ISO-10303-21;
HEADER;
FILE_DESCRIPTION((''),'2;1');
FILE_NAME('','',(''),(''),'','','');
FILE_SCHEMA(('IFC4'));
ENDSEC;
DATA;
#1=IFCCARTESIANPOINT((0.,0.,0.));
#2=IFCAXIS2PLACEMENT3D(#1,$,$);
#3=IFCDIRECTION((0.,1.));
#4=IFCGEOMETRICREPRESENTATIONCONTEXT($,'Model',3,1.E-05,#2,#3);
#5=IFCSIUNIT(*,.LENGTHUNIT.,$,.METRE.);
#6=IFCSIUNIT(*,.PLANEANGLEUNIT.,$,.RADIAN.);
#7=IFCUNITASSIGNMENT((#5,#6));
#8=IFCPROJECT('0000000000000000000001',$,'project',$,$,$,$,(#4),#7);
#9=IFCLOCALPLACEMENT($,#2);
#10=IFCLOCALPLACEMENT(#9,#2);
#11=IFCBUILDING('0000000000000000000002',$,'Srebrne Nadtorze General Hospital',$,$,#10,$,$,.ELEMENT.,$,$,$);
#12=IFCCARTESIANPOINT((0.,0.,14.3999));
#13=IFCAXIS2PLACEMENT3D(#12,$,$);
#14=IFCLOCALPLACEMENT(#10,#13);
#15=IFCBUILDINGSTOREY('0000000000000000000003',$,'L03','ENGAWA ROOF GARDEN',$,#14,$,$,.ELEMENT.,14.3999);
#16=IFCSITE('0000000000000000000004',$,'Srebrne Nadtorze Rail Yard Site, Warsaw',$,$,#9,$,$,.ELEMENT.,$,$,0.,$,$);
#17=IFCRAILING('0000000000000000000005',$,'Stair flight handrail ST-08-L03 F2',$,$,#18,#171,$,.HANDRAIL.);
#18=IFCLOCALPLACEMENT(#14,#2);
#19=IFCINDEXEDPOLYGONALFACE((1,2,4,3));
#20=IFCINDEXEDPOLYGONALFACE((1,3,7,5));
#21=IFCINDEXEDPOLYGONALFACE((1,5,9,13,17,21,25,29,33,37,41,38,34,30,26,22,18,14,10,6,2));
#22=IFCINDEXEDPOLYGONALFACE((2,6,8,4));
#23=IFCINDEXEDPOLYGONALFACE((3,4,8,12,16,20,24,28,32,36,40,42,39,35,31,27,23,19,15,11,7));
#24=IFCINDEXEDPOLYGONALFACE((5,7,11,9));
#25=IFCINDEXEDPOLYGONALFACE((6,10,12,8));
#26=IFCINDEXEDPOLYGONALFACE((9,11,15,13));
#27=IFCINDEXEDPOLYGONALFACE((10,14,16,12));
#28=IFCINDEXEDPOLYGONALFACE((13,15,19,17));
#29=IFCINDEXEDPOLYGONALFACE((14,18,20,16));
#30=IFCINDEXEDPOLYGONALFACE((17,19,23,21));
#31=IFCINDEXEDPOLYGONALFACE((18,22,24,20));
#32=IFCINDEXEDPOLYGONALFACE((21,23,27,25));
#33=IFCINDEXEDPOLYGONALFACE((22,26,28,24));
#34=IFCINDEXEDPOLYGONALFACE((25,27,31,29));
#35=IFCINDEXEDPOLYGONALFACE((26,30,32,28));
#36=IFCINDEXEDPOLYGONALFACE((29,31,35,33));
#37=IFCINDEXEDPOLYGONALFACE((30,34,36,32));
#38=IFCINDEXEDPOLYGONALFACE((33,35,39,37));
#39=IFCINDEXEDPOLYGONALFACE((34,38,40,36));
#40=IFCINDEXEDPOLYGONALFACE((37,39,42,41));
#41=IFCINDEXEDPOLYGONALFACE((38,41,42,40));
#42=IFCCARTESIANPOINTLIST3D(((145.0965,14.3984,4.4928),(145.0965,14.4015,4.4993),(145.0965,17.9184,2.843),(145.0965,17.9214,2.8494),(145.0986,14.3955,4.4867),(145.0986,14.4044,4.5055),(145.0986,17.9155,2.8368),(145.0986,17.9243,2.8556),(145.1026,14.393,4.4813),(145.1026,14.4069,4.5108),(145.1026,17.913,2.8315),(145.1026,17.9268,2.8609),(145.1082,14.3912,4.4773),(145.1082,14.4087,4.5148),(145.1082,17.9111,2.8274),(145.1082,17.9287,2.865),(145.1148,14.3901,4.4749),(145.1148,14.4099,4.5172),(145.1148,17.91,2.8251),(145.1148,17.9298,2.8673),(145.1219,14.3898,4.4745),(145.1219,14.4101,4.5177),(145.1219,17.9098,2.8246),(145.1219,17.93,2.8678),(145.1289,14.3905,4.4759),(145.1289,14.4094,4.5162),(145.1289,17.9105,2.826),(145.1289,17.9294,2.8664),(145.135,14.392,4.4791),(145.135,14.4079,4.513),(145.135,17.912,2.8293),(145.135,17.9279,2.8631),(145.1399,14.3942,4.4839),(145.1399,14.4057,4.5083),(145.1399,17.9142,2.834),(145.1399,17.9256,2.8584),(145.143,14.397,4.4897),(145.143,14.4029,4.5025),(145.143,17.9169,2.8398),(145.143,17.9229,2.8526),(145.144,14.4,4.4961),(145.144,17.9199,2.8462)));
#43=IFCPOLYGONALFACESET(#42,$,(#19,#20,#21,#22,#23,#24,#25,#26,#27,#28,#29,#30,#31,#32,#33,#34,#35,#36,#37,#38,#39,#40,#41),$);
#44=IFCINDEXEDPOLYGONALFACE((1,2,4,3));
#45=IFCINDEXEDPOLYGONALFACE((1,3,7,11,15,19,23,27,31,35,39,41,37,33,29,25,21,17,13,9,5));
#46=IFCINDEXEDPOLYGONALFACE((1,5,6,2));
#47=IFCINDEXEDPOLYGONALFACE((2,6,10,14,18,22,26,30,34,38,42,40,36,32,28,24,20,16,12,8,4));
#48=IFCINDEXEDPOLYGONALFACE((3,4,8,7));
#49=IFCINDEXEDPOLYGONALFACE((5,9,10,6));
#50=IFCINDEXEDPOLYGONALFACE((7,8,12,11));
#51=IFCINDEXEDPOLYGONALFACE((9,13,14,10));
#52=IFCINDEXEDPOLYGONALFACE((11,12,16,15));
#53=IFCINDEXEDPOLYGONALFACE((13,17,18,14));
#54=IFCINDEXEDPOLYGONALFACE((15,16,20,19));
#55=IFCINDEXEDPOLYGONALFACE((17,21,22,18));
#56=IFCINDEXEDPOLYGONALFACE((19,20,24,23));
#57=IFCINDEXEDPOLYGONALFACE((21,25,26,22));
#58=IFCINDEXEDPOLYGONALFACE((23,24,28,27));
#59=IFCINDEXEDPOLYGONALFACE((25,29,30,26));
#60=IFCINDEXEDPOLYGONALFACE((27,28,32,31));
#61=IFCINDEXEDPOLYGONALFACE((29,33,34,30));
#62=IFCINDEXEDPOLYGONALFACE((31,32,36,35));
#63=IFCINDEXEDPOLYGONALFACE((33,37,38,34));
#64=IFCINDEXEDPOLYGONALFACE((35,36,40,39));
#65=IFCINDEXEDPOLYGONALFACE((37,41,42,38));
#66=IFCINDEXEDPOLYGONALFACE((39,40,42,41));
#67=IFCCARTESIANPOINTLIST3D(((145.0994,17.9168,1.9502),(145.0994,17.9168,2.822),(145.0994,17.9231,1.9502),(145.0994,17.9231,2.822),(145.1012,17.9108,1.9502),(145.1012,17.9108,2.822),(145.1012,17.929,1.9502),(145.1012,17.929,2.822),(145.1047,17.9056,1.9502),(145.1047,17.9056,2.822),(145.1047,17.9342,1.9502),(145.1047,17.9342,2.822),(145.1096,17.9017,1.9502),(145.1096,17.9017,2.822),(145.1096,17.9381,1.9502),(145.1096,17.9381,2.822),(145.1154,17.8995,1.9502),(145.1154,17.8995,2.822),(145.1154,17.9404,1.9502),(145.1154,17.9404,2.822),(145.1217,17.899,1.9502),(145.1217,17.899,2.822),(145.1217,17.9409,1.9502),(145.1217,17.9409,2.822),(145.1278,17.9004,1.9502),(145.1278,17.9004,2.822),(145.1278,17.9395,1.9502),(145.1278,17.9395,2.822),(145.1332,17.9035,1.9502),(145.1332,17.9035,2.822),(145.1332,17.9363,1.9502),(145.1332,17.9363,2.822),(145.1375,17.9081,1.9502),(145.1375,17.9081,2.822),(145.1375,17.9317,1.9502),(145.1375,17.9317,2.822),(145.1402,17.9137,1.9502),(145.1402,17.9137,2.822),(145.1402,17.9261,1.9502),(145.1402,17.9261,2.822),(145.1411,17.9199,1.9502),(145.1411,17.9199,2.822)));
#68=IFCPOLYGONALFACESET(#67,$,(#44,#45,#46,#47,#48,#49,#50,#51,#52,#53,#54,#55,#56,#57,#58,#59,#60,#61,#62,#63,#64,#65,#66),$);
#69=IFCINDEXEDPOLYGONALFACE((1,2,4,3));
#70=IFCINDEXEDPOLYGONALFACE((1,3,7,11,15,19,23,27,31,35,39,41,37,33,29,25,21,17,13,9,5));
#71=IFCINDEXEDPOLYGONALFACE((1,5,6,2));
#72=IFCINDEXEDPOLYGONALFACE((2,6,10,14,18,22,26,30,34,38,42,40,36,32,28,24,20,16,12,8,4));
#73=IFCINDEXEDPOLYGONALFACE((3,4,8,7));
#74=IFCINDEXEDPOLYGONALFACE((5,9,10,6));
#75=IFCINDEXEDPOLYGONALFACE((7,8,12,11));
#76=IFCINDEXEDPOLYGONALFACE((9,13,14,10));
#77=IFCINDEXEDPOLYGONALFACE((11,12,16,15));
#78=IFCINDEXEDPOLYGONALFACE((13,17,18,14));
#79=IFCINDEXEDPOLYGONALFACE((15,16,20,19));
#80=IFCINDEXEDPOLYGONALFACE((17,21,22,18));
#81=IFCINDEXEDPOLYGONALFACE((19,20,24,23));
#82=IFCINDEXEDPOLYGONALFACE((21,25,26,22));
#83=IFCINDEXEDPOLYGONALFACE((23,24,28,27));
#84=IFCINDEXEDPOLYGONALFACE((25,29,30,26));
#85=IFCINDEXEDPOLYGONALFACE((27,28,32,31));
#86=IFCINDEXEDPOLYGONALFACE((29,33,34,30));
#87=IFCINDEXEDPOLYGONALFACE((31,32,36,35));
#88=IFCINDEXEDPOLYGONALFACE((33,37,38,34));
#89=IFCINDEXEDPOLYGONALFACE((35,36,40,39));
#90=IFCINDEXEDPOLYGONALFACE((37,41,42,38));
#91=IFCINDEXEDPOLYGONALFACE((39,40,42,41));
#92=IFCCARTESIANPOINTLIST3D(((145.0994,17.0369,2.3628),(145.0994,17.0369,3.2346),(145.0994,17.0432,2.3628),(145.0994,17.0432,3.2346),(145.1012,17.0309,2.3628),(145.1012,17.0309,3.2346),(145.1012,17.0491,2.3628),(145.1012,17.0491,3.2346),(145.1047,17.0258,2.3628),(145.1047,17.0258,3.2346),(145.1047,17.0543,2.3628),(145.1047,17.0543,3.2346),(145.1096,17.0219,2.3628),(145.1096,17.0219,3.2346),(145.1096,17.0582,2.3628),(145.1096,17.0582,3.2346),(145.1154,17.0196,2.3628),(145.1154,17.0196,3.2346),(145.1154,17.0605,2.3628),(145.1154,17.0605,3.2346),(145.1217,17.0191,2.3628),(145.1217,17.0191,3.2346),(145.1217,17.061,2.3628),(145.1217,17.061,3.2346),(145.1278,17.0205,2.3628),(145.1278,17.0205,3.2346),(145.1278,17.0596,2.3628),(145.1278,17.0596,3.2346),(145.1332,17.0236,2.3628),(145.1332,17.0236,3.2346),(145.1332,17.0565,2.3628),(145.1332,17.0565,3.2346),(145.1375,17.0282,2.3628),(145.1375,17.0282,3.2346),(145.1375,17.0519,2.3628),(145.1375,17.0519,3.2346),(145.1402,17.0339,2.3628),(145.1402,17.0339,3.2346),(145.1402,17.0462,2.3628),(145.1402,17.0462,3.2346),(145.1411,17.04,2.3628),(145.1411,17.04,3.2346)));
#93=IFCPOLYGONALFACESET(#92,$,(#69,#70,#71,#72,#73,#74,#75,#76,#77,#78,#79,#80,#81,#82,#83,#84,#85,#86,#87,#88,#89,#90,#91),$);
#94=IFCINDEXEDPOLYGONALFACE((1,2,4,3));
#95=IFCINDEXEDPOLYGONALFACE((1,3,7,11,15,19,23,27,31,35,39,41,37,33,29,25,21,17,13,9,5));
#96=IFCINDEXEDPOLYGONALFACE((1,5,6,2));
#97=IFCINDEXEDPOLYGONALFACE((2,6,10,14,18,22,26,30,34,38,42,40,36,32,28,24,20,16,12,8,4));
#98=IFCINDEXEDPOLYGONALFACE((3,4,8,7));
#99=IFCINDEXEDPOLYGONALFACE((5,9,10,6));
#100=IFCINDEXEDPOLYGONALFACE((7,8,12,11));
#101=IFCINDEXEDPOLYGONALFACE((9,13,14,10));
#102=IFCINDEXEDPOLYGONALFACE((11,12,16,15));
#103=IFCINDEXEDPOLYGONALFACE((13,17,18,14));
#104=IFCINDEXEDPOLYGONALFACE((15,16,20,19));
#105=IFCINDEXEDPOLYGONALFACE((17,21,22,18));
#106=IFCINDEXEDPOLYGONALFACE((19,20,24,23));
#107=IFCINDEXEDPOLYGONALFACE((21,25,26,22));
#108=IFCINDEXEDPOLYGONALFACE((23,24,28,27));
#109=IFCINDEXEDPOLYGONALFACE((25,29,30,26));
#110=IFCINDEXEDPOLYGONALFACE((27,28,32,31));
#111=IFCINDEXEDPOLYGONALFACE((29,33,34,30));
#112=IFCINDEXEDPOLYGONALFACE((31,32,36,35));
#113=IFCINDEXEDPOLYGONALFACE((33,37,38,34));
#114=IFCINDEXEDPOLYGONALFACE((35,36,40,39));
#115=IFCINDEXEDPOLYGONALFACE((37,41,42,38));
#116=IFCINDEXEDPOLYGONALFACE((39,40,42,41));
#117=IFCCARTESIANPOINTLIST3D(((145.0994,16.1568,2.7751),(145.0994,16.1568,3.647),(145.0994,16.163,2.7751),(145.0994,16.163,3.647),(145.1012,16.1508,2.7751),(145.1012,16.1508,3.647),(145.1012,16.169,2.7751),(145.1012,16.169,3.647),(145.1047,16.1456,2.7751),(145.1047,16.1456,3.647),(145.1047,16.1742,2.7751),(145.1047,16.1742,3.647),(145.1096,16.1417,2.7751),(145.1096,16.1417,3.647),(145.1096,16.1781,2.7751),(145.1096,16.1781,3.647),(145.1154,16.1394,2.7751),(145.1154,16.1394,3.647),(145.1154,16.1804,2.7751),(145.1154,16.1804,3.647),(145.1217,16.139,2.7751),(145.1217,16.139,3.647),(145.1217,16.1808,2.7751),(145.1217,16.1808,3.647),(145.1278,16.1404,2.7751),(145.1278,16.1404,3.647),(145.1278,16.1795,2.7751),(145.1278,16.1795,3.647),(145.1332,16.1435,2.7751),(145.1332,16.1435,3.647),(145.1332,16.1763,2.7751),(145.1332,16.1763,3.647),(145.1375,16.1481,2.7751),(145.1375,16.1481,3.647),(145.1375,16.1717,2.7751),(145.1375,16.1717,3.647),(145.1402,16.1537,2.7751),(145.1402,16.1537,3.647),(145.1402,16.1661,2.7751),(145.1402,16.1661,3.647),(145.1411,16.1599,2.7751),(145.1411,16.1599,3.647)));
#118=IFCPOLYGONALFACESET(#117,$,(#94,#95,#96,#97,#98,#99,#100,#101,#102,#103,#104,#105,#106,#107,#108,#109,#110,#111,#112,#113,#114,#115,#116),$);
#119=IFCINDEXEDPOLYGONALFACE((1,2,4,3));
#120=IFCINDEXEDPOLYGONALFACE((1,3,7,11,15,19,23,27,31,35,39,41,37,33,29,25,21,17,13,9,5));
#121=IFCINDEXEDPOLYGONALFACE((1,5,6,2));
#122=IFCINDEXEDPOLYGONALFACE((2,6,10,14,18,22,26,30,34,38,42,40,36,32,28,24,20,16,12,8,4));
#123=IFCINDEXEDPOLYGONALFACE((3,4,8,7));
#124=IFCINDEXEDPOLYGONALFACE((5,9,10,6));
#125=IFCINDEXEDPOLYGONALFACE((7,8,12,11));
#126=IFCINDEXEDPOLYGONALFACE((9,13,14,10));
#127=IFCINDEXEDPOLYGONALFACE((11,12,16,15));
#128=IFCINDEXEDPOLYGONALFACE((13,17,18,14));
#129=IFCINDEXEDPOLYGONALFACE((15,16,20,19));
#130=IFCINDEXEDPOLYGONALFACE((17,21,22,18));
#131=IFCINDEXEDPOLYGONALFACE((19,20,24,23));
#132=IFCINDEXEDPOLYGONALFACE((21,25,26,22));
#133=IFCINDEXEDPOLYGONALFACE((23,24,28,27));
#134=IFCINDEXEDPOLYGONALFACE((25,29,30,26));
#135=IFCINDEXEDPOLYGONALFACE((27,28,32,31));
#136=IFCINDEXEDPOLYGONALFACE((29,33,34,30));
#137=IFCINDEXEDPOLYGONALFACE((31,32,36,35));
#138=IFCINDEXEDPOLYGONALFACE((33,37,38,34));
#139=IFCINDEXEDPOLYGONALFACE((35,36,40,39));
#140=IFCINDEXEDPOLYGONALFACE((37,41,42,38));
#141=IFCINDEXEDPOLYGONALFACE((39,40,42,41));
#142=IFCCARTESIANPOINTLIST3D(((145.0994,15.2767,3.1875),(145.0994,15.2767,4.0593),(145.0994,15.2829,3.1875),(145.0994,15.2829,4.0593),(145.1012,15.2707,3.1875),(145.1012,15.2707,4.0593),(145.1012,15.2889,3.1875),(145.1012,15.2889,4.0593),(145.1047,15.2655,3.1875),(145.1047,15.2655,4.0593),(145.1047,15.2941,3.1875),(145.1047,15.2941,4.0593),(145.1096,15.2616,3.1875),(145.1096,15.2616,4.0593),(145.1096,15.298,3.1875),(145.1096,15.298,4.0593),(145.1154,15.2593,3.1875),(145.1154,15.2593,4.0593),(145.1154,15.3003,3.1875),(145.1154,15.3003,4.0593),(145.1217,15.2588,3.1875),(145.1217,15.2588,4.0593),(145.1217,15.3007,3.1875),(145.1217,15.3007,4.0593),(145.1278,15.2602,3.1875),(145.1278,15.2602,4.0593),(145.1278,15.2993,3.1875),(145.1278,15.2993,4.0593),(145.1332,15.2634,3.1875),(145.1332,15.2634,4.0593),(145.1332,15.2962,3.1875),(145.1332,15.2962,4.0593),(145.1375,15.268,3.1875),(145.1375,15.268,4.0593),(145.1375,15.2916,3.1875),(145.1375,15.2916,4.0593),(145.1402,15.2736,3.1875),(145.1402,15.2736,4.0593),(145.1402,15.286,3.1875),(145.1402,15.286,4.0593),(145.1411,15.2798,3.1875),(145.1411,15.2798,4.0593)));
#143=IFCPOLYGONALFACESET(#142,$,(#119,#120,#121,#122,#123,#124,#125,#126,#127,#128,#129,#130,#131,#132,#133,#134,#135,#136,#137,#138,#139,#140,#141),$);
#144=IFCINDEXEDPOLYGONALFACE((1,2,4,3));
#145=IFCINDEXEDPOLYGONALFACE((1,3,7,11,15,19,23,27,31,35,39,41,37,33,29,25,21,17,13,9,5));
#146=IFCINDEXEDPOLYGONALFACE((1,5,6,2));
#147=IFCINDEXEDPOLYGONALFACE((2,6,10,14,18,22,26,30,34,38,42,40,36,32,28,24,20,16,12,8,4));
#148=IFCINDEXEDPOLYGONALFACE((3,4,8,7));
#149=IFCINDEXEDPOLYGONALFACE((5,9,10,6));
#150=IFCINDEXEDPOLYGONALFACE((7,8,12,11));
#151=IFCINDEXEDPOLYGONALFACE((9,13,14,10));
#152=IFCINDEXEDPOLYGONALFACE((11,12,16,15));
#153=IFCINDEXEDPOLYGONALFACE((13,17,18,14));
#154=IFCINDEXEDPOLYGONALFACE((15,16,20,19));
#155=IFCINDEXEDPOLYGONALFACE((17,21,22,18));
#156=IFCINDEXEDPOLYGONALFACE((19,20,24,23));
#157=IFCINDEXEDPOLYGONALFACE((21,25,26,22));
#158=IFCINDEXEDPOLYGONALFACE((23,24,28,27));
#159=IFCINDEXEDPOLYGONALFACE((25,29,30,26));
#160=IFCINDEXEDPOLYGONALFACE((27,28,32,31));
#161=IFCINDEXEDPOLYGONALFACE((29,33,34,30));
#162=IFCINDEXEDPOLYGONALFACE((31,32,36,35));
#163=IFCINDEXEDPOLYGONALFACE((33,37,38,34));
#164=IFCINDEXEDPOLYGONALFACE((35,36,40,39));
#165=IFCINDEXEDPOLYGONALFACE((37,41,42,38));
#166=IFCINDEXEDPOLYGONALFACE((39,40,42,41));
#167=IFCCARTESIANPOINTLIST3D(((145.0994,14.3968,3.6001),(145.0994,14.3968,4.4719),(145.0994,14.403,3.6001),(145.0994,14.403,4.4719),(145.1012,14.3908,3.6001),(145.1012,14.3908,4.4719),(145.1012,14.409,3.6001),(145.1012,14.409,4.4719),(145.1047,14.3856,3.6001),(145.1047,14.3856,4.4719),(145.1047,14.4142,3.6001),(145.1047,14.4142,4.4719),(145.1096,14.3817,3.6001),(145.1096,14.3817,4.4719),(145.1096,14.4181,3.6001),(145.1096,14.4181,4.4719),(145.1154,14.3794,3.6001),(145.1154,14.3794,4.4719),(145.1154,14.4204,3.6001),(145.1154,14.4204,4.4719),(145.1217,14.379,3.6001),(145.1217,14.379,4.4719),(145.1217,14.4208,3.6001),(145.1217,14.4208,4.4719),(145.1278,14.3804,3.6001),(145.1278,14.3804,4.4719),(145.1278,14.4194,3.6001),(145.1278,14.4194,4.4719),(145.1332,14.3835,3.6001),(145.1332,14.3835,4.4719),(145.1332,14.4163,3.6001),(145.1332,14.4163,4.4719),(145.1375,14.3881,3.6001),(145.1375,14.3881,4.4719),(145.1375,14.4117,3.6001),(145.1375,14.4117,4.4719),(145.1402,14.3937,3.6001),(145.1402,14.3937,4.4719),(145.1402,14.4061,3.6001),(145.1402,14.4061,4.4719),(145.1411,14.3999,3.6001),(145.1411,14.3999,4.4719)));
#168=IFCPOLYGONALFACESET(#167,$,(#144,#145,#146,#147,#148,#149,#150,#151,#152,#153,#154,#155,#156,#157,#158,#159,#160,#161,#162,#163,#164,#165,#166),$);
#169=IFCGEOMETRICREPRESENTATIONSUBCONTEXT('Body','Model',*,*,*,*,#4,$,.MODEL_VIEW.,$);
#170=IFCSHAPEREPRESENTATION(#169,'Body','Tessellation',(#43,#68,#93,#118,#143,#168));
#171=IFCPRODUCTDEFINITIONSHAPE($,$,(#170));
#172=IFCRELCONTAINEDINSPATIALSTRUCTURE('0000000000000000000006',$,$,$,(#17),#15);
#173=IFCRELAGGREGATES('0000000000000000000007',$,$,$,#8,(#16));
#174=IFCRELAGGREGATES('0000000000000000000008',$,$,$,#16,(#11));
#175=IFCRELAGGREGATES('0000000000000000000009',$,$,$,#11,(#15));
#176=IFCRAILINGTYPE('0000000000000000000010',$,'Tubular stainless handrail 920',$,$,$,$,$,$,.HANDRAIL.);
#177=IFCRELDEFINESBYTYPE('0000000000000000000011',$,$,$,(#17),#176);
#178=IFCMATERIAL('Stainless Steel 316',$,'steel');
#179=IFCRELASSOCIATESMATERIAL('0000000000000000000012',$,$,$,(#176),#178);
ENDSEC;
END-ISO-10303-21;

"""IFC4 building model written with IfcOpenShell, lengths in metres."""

from ifc_helpers import new_model, si_unit, direction, frame, origin, origin_2d, place, context, subcontext, project, spatial, circle, extrude, material, type_object, element, save


model = new_model("IFC4")

# Units and contexts
model_context = context("Model", 3, precision=1e-05, world=origin(), true_north=direction((0.0, 1.0)))
body_context = subcontext(model_context, "Body", "Model", "MODEL_VIEW")
ifc_project = project(units=[si_unit("LENGTHUNIT", "METRE"), si_unit("PLANEANGLEUNIT", "RADIAN")], contexts=[model_context])

# Site, building, storey
site_placement = place(None, origin())
site = spatial("IfcSite", under=ifc_project, at=site_placement, Name="Srebrne Nadtorze Rail Yard Site, Warsaw", CompositionType="ELEMENT", RefElevation=0.0)
building_placement = place(site_placement, origin())
building = spatial("IfcBuilding", under=site, at=building_placement, Name="Srebrne Nadtorze General Hospital", CompositionType="ELEMENT")
storey_placement = place(building_placement, frame((0.0, 0.0, 14.3999)))
storey = spatial("IfcBuildingStorey", under=building, at=storey_placement, Name="L03", Description="ENGAWA ROOF GARDEN", CompositionType="ELEMENT", Elevation=14.3999)

# Railing
ifc_material_1 = material(Name="Stainless Steel 316", Category="steel")
railing_type = type_object("IfcRailingType", Name="Tubular stainless handrail 920", PredefinedType="HANDRAIL", material=ifc_material_1)
railing_placement = place(storey_placement, frame((145.1201, 17.9199, 1.9502)))
element("IfcRailing", 1, at=railing_placement, inside=storey, type_object=railing_type, Name="Stair flight handrail ST-08-L03 F2", PredefinedType="HANDRAIL", context=body_context, shape_type="SweptSolid", body=[
    extrude(circle(Radius=0.0239, at=origin_2d()), frame((0.0, 0.0, 0.896), z_axis=(0.0, -0.905469, 0.424411), x_axis=(1.0, 0.0, 0.0)), (0.0, 0.0, 1.0), 3.8875),
    extrude(circle(Radius=0.021, at=origin_2d()), origin(), (0.0, 0.0, 1.0), 0.8718),
    extrude(circle(Radius=0.021, at=origin_2d()), frame((0.0, -0.8799, 0.4126)), (0.0, 0.0, 1.0), 0.8718),
    extrude(circle(Radius=0.021, at=origin_2d()), frame((0.0, -1.76, 0.825)), (0.0, 0.0, 1.0), 0.8718),
    extrude(circle(Radius=0.021, at=origin_2d()), frame((0.0, -2.6401, 1.2373)), (0.0, 0.0, 1.0), 0.8718),
    extrude(circle(Radius=0.021, at=origin_2d()), frame((0.0, -3.52, 1.6499)), (0.0, 0.0, 1.0), 0.8718),
])

save(model, "model.ifc")
